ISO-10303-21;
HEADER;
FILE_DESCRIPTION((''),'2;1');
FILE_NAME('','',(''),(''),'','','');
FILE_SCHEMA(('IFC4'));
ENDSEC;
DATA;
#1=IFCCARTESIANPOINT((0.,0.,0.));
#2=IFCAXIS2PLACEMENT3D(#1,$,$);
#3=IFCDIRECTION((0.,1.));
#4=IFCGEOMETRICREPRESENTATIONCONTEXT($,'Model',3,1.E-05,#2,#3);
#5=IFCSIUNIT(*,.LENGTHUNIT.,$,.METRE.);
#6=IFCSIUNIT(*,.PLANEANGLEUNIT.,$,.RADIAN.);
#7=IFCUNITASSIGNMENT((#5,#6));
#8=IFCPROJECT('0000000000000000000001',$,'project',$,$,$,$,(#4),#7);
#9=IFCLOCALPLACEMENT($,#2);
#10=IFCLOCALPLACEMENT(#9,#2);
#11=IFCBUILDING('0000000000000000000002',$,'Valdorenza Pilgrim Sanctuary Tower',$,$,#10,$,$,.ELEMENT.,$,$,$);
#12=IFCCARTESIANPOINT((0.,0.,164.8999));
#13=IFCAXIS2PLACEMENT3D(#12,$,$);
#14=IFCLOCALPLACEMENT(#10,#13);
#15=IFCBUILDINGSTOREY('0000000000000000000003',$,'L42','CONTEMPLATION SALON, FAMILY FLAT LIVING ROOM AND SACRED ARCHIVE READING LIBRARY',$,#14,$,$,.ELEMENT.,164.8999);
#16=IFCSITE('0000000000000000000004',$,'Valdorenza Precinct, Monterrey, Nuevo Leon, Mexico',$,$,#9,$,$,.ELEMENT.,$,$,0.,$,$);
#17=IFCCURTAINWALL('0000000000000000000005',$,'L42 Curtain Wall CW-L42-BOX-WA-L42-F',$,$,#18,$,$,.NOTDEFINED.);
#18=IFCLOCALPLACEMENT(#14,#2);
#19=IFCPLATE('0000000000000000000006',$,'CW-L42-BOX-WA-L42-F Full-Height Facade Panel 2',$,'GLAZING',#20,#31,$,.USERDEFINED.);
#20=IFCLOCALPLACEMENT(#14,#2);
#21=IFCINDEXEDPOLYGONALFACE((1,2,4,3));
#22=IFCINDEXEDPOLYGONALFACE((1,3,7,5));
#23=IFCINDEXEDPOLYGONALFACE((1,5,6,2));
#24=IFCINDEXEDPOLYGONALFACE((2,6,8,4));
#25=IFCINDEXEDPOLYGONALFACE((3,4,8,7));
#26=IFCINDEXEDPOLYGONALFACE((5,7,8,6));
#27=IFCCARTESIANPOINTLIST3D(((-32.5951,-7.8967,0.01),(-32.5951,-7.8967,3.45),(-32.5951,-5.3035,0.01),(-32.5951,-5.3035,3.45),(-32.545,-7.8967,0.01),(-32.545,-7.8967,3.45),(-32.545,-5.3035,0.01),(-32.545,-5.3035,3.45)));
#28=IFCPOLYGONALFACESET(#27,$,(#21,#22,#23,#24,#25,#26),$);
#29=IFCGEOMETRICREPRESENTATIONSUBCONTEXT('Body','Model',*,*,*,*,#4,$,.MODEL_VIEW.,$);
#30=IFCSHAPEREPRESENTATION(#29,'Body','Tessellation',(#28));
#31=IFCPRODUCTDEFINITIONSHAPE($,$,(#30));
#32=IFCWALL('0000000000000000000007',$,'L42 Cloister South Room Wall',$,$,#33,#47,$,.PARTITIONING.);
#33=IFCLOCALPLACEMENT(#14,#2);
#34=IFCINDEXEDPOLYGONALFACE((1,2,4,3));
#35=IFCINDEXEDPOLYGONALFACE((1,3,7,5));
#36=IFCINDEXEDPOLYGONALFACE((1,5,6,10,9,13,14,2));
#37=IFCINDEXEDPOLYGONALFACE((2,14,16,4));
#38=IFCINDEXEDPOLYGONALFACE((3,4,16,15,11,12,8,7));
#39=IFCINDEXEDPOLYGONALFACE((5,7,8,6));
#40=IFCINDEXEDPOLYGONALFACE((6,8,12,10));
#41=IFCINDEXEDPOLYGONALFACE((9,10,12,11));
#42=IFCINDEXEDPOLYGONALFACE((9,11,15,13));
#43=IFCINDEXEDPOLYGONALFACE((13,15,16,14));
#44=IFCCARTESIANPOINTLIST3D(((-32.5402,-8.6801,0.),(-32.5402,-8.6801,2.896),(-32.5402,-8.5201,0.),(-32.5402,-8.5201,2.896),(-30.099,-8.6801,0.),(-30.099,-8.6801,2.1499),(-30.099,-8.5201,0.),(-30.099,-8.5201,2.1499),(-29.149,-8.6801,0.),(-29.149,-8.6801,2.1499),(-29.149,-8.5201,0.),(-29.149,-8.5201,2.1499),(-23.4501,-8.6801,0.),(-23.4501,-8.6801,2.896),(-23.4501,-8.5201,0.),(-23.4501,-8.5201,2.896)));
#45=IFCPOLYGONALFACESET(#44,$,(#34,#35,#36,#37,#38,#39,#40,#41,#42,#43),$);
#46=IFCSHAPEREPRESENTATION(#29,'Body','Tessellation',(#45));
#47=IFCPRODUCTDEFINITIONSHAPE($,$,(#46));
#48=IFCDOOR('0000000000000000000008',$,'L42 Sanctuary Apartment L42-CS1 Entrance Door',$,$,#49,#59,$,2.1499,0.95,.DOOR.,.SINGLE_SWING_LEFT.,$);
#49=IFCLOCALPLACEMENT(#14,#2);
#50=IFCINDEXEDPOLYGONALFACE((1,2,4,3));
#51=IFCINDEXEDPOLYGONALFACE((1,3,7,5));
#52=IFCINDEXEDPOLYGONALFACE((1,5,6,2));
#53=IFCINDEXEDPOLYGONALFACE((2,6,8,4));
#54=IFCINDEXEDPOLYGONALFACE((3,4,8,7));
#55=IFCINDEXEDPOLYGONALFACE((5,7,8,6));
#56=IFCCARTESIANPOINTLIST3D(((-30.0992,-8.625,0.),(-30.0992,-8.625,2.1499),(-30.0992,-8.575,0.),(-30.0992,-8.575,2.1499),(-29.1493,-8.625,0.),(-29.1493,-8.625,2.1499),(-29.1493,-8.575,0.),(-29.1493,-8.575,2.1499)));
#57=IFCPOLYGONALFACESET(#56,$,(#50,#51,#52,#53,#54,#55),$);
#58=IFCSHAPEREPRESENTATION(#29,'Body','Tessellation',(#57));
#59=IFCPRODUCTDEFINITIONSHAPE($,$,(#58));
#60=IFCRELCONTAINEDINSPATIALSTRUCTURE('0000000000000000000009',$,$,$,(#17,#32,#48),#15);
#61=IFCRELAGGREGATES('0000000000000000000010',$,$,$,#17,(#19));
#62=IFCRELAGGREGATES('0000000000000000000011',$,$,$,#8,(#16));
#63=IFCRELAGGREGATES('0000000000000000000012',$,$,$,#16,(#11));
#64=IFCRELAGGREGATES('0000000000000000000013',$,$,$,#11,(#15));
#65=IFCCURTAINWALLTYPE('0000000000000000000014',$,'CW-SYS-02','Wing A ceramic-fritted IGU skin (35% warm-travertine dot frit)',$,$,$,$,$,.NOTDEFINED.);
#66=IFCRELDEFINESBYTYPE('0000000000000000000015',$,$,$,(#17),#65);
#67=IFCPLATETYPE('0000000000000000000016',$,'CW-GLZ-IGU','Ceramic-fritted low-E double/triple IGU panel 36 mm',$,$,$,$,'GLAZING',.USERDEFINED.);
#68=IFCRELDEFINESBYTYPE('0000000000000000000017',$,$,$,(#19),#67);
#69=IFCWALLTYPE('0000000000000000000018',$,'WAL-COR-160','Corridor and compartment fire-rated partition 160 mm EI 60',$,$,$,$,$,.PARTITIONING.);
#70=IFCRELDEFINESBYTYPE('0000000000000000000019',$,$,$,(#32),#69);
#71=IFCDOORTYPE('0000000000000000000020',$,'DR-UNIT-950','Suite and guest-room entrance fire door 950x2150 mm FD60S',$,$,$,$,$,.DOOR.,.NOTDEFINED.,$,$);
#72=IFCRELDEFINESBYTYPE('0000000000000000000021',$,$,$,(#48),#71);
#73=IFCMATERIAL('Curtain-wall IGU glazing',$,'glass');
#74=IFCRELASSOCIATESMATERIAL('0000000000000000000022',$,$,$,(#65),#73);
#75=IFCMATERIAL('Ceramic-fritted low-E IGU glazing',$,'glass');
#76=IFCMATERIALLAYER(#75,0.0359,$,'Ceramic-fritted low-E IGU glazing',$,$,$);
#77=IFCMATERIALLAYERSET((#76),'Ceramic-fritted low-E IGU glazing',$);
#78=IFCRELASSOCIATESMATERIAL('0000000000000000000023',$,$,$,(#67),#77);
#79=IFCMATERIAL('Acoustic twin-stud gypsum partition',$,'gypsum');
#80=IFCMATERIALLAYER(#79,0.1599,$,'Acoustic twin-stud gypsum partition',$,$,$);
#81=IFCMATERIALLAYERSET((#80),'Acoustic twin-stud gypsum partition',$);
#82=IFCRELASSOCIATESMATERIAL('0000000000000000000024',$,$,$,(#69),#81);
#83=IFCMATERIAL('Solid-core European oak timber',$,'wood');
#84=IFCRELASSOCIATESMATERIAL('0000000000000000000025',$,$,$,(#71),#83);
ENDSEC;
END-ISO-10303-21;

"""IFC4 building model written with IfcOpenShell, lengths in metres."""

from ifc_helpers import new_model, si_unit, direction, frame, frame_2d, origin, origin_2d, place, context, subcontext, project, spatial, rectangle, extrude, source, transform, mapped, material, layer, layer_set, type_object, element, fill, aggregate, save


model = new_model("IFC4")

# Units and contexts
model_context = context("Model", 3, precision=1e-05, world=origin(), true_north=direction((0.0, 1.0)))
body_context = subcontext(model_context, "Body", "Model", "MODEL_VIEW")
ifc_project = project(units=[si_unit("LENGTHUNIT", "METRE"), si_unit("PLANEANGLEUNIT", "RADIAN")], contexts=[model_context])

# Site, building, storey
site_placement = place(None, origin())
site = spatial("IfcSite", under=ifc_project, at=site_placement, Name="Valdorenza Precinct, Monterrey, Nuevo Leon, Mexico", CompositionType="ELEMENT", RefElevation=0.0)
building_placement = place(site_placement, origin())
building = spatial("IfcBuilding", under=site, at=building_placement, Name="Valdorenza Pilgrim Sanctuary Tower", CompositionType="ELEMENT")
storey_placement = place(building_placement, frame((0.0, 0.0, 164.8999)))
storey = spatial("IfcBuildingStorey", under=building, at=storey_placement, Name="L42", Description="CONTEMPLATION SALON, FAMILY FLAT LIVING ROOM AND SACRED ARCHIVE READING LIBRARY", CompositionType="ELEMENT", Elevation=164.8999)

# Shared definitions
ifc_material_1 = material(Name="Curtain-wall IGU glazing", Category="glass")
curtain_wall_type = type_object("IfcCurtainWallType", Name="CW-SYS-02", Description="Wing A ceramic-fritted IGU skin (35% warm-travertine dot frit)", PredefinedType="NOTDEFINED", material=ifc_material_1)

# Curtain wall
curtain_wall_1_placement = place(storey_placement, origin())
curtain_wall_1 = element("IfcCurtainWall", 1, at=curtain_wall_1_placement, inside=storey, type_object=curtain_wall_type, Name="L42 Curtain Wall CW-L42-BOX-WA-L42-F", PredefinedType="NOTDEFINED")

# Plate
ifc_material_2 = material(Name="Ceramic-fritted low-E IGU glazing", Category="glass")
ifc_layer_1 = layer(ifc_material_2, 0.0359, Name="Ceramic-fritted low-E IGU glazing")
ifc_layer_set_1 = layer_set([ifc_layer_1], Name="Ceramic-fritted low-E IGU glazing")
plate_type_1 = type_object("IfcPlateType", Name="CW-GLZ-IGU", Description="Ceramic-fritted low-E double/triple IGU panel 36 mm", ElementType="GLAZING", PredefinedType="USERDEFINED", material=ifc_layer_set_1)
shared_shape_1 = source(origin(), body_context, "Body", "SweptSolid", [
    extrude(rectangle(XDim=2.5933, YDim=0.05, at=origin_2d()), origin(), (0.0, 0.0, 1.0), 3.4399),
])
plate_1_placement = place(storey_placement, frame((-32.5701, -6.6001, 0.01), z_axis=(0.0, 0.0, 1.0), x_axis=(0.0, 1.0, 0.0)))
plate_1 = element("IfcPlate", 2, at=plate_1_placement, type_object=plate_type_1, Name="CW-L42-BOX-WA-L42-F Full-Height Facade Panel 2", ObjectType="GLAZING", PredefinedType="USERDEFINED", context=body_context, shape_type="MappedRepresentation", body=[
    mapped(shared_shape_1, transform((0.0, 0.0, 0.0), x_axis=(1.0, 0.0, 0.0), y_axis=(0.0, 1.0, 0.0), z_axis=(0.0, 0.0, 1.0), scale=1.0)),
])
aggregate(curtain_wall_1, [plate_1])

# Wall, opening, door
ifc_material_3 = material(Name="Acoustic twin-stud gypsum partition", Category="gypsum")
ifc_layer_2 = layer(ifc_material_3, 0.1599, Name="Acoustic twin-stud gypsum partition")
ifc_layer_set_2 = layer_set([ifc_layer_2], Name="Acoustic twin-stud gypsum partition")
wall_type = type_object("IfcWallType", Name="WAL-COR-160", Description="Corridor and compartment fire-rated partition 160 mm EI 60", PredefinedType="PARTITIONING", material=ifc_layer_set_2)
wall_1_placement = place(storey_placement, frame((-32.54, -8.6001, 0.0), z_axis=(0.0, 0.0, 1.0), x_axis=(1.0, 0.0, 0.0)))
wall_1 = element("IfcWall", 3, at=wall_1_placement, inside=storey, type_object=wall_type, Name="L42 Cloister South Room Wall", PredefinedType="PARTITIONING", context=body_context, shape_type="SweptSolid", body=[
    extrude(rectangle(XDim=9.0901, YDim=0.1599, at=frame_2d((4.5449, 0.0))), origin(), (0.0, 0.0, 1.0), 2.896),
])
opening_1_placement = place(wall_1_placement, frame((2.4409, 0.0, 0.0)))
opening_1 = element("IfcOpeningElement", 4, at=opening_1_placement, cuts=wall_1, PredefinedType="OPENING", context=body_context, shape_type="SweptSolid", body=[
    extrude(rectangle(XDim=0.95, YDim=2.1499, at=frame_2d((0.4751, 1.075))), frame((0.0, 0.0947, 0.0), z_axis=(0.0, -1.0, 0.0), x_axis=(1.0, 0.0, 0.0)), (0.0, 0.0, 1.0), 0.1897),
])
ifc_material_4 = material(Name="Solid-core European oak timber", Category="wood")
door_type_1 = type_object("IfcDoorType", Name="DR-UNIT-950", Description="Suite and guest-room entrance fire door 950x2150 mm FD60S", OperationType="NOTDEFINED", PredefinedType="DOOR", material=ifc_material_4)
door_1_placement = place(opening_1_placement, frame((0.95, 0.0, 0.0), z_axis=(0.0, 0.0, 1.0), x_axis=(-1.0, 0.0, 0.0)))
door_1 = element("IfcDoor", 5, at=door_1_placement, inside=storey, type_object=door_type_1, Name="L42 Sanctuary Apartment L42-CS1 Entrance Door", OperationType="SINGLE_SWING_LEFT", OverallHeight=2.1499, OverallWidth=0.95, PredefinedType="DOOR", context=body_context, shape_type="SweptSolid", body=[
    extrude(rectangle(XDim=0.95, YDim=2.1499, at=frame_2d((0.4751, 1.075))), frame((0.0, 0.0249, 0.0), z_axis=(0.0, -1.0, 0.0), x_axis=(1.0, 0.0, 0.0)), (0.0, 0.0, 1.0), 0.05),
])
fill(opening_1, door_1)

save(model, "model.ifc")
